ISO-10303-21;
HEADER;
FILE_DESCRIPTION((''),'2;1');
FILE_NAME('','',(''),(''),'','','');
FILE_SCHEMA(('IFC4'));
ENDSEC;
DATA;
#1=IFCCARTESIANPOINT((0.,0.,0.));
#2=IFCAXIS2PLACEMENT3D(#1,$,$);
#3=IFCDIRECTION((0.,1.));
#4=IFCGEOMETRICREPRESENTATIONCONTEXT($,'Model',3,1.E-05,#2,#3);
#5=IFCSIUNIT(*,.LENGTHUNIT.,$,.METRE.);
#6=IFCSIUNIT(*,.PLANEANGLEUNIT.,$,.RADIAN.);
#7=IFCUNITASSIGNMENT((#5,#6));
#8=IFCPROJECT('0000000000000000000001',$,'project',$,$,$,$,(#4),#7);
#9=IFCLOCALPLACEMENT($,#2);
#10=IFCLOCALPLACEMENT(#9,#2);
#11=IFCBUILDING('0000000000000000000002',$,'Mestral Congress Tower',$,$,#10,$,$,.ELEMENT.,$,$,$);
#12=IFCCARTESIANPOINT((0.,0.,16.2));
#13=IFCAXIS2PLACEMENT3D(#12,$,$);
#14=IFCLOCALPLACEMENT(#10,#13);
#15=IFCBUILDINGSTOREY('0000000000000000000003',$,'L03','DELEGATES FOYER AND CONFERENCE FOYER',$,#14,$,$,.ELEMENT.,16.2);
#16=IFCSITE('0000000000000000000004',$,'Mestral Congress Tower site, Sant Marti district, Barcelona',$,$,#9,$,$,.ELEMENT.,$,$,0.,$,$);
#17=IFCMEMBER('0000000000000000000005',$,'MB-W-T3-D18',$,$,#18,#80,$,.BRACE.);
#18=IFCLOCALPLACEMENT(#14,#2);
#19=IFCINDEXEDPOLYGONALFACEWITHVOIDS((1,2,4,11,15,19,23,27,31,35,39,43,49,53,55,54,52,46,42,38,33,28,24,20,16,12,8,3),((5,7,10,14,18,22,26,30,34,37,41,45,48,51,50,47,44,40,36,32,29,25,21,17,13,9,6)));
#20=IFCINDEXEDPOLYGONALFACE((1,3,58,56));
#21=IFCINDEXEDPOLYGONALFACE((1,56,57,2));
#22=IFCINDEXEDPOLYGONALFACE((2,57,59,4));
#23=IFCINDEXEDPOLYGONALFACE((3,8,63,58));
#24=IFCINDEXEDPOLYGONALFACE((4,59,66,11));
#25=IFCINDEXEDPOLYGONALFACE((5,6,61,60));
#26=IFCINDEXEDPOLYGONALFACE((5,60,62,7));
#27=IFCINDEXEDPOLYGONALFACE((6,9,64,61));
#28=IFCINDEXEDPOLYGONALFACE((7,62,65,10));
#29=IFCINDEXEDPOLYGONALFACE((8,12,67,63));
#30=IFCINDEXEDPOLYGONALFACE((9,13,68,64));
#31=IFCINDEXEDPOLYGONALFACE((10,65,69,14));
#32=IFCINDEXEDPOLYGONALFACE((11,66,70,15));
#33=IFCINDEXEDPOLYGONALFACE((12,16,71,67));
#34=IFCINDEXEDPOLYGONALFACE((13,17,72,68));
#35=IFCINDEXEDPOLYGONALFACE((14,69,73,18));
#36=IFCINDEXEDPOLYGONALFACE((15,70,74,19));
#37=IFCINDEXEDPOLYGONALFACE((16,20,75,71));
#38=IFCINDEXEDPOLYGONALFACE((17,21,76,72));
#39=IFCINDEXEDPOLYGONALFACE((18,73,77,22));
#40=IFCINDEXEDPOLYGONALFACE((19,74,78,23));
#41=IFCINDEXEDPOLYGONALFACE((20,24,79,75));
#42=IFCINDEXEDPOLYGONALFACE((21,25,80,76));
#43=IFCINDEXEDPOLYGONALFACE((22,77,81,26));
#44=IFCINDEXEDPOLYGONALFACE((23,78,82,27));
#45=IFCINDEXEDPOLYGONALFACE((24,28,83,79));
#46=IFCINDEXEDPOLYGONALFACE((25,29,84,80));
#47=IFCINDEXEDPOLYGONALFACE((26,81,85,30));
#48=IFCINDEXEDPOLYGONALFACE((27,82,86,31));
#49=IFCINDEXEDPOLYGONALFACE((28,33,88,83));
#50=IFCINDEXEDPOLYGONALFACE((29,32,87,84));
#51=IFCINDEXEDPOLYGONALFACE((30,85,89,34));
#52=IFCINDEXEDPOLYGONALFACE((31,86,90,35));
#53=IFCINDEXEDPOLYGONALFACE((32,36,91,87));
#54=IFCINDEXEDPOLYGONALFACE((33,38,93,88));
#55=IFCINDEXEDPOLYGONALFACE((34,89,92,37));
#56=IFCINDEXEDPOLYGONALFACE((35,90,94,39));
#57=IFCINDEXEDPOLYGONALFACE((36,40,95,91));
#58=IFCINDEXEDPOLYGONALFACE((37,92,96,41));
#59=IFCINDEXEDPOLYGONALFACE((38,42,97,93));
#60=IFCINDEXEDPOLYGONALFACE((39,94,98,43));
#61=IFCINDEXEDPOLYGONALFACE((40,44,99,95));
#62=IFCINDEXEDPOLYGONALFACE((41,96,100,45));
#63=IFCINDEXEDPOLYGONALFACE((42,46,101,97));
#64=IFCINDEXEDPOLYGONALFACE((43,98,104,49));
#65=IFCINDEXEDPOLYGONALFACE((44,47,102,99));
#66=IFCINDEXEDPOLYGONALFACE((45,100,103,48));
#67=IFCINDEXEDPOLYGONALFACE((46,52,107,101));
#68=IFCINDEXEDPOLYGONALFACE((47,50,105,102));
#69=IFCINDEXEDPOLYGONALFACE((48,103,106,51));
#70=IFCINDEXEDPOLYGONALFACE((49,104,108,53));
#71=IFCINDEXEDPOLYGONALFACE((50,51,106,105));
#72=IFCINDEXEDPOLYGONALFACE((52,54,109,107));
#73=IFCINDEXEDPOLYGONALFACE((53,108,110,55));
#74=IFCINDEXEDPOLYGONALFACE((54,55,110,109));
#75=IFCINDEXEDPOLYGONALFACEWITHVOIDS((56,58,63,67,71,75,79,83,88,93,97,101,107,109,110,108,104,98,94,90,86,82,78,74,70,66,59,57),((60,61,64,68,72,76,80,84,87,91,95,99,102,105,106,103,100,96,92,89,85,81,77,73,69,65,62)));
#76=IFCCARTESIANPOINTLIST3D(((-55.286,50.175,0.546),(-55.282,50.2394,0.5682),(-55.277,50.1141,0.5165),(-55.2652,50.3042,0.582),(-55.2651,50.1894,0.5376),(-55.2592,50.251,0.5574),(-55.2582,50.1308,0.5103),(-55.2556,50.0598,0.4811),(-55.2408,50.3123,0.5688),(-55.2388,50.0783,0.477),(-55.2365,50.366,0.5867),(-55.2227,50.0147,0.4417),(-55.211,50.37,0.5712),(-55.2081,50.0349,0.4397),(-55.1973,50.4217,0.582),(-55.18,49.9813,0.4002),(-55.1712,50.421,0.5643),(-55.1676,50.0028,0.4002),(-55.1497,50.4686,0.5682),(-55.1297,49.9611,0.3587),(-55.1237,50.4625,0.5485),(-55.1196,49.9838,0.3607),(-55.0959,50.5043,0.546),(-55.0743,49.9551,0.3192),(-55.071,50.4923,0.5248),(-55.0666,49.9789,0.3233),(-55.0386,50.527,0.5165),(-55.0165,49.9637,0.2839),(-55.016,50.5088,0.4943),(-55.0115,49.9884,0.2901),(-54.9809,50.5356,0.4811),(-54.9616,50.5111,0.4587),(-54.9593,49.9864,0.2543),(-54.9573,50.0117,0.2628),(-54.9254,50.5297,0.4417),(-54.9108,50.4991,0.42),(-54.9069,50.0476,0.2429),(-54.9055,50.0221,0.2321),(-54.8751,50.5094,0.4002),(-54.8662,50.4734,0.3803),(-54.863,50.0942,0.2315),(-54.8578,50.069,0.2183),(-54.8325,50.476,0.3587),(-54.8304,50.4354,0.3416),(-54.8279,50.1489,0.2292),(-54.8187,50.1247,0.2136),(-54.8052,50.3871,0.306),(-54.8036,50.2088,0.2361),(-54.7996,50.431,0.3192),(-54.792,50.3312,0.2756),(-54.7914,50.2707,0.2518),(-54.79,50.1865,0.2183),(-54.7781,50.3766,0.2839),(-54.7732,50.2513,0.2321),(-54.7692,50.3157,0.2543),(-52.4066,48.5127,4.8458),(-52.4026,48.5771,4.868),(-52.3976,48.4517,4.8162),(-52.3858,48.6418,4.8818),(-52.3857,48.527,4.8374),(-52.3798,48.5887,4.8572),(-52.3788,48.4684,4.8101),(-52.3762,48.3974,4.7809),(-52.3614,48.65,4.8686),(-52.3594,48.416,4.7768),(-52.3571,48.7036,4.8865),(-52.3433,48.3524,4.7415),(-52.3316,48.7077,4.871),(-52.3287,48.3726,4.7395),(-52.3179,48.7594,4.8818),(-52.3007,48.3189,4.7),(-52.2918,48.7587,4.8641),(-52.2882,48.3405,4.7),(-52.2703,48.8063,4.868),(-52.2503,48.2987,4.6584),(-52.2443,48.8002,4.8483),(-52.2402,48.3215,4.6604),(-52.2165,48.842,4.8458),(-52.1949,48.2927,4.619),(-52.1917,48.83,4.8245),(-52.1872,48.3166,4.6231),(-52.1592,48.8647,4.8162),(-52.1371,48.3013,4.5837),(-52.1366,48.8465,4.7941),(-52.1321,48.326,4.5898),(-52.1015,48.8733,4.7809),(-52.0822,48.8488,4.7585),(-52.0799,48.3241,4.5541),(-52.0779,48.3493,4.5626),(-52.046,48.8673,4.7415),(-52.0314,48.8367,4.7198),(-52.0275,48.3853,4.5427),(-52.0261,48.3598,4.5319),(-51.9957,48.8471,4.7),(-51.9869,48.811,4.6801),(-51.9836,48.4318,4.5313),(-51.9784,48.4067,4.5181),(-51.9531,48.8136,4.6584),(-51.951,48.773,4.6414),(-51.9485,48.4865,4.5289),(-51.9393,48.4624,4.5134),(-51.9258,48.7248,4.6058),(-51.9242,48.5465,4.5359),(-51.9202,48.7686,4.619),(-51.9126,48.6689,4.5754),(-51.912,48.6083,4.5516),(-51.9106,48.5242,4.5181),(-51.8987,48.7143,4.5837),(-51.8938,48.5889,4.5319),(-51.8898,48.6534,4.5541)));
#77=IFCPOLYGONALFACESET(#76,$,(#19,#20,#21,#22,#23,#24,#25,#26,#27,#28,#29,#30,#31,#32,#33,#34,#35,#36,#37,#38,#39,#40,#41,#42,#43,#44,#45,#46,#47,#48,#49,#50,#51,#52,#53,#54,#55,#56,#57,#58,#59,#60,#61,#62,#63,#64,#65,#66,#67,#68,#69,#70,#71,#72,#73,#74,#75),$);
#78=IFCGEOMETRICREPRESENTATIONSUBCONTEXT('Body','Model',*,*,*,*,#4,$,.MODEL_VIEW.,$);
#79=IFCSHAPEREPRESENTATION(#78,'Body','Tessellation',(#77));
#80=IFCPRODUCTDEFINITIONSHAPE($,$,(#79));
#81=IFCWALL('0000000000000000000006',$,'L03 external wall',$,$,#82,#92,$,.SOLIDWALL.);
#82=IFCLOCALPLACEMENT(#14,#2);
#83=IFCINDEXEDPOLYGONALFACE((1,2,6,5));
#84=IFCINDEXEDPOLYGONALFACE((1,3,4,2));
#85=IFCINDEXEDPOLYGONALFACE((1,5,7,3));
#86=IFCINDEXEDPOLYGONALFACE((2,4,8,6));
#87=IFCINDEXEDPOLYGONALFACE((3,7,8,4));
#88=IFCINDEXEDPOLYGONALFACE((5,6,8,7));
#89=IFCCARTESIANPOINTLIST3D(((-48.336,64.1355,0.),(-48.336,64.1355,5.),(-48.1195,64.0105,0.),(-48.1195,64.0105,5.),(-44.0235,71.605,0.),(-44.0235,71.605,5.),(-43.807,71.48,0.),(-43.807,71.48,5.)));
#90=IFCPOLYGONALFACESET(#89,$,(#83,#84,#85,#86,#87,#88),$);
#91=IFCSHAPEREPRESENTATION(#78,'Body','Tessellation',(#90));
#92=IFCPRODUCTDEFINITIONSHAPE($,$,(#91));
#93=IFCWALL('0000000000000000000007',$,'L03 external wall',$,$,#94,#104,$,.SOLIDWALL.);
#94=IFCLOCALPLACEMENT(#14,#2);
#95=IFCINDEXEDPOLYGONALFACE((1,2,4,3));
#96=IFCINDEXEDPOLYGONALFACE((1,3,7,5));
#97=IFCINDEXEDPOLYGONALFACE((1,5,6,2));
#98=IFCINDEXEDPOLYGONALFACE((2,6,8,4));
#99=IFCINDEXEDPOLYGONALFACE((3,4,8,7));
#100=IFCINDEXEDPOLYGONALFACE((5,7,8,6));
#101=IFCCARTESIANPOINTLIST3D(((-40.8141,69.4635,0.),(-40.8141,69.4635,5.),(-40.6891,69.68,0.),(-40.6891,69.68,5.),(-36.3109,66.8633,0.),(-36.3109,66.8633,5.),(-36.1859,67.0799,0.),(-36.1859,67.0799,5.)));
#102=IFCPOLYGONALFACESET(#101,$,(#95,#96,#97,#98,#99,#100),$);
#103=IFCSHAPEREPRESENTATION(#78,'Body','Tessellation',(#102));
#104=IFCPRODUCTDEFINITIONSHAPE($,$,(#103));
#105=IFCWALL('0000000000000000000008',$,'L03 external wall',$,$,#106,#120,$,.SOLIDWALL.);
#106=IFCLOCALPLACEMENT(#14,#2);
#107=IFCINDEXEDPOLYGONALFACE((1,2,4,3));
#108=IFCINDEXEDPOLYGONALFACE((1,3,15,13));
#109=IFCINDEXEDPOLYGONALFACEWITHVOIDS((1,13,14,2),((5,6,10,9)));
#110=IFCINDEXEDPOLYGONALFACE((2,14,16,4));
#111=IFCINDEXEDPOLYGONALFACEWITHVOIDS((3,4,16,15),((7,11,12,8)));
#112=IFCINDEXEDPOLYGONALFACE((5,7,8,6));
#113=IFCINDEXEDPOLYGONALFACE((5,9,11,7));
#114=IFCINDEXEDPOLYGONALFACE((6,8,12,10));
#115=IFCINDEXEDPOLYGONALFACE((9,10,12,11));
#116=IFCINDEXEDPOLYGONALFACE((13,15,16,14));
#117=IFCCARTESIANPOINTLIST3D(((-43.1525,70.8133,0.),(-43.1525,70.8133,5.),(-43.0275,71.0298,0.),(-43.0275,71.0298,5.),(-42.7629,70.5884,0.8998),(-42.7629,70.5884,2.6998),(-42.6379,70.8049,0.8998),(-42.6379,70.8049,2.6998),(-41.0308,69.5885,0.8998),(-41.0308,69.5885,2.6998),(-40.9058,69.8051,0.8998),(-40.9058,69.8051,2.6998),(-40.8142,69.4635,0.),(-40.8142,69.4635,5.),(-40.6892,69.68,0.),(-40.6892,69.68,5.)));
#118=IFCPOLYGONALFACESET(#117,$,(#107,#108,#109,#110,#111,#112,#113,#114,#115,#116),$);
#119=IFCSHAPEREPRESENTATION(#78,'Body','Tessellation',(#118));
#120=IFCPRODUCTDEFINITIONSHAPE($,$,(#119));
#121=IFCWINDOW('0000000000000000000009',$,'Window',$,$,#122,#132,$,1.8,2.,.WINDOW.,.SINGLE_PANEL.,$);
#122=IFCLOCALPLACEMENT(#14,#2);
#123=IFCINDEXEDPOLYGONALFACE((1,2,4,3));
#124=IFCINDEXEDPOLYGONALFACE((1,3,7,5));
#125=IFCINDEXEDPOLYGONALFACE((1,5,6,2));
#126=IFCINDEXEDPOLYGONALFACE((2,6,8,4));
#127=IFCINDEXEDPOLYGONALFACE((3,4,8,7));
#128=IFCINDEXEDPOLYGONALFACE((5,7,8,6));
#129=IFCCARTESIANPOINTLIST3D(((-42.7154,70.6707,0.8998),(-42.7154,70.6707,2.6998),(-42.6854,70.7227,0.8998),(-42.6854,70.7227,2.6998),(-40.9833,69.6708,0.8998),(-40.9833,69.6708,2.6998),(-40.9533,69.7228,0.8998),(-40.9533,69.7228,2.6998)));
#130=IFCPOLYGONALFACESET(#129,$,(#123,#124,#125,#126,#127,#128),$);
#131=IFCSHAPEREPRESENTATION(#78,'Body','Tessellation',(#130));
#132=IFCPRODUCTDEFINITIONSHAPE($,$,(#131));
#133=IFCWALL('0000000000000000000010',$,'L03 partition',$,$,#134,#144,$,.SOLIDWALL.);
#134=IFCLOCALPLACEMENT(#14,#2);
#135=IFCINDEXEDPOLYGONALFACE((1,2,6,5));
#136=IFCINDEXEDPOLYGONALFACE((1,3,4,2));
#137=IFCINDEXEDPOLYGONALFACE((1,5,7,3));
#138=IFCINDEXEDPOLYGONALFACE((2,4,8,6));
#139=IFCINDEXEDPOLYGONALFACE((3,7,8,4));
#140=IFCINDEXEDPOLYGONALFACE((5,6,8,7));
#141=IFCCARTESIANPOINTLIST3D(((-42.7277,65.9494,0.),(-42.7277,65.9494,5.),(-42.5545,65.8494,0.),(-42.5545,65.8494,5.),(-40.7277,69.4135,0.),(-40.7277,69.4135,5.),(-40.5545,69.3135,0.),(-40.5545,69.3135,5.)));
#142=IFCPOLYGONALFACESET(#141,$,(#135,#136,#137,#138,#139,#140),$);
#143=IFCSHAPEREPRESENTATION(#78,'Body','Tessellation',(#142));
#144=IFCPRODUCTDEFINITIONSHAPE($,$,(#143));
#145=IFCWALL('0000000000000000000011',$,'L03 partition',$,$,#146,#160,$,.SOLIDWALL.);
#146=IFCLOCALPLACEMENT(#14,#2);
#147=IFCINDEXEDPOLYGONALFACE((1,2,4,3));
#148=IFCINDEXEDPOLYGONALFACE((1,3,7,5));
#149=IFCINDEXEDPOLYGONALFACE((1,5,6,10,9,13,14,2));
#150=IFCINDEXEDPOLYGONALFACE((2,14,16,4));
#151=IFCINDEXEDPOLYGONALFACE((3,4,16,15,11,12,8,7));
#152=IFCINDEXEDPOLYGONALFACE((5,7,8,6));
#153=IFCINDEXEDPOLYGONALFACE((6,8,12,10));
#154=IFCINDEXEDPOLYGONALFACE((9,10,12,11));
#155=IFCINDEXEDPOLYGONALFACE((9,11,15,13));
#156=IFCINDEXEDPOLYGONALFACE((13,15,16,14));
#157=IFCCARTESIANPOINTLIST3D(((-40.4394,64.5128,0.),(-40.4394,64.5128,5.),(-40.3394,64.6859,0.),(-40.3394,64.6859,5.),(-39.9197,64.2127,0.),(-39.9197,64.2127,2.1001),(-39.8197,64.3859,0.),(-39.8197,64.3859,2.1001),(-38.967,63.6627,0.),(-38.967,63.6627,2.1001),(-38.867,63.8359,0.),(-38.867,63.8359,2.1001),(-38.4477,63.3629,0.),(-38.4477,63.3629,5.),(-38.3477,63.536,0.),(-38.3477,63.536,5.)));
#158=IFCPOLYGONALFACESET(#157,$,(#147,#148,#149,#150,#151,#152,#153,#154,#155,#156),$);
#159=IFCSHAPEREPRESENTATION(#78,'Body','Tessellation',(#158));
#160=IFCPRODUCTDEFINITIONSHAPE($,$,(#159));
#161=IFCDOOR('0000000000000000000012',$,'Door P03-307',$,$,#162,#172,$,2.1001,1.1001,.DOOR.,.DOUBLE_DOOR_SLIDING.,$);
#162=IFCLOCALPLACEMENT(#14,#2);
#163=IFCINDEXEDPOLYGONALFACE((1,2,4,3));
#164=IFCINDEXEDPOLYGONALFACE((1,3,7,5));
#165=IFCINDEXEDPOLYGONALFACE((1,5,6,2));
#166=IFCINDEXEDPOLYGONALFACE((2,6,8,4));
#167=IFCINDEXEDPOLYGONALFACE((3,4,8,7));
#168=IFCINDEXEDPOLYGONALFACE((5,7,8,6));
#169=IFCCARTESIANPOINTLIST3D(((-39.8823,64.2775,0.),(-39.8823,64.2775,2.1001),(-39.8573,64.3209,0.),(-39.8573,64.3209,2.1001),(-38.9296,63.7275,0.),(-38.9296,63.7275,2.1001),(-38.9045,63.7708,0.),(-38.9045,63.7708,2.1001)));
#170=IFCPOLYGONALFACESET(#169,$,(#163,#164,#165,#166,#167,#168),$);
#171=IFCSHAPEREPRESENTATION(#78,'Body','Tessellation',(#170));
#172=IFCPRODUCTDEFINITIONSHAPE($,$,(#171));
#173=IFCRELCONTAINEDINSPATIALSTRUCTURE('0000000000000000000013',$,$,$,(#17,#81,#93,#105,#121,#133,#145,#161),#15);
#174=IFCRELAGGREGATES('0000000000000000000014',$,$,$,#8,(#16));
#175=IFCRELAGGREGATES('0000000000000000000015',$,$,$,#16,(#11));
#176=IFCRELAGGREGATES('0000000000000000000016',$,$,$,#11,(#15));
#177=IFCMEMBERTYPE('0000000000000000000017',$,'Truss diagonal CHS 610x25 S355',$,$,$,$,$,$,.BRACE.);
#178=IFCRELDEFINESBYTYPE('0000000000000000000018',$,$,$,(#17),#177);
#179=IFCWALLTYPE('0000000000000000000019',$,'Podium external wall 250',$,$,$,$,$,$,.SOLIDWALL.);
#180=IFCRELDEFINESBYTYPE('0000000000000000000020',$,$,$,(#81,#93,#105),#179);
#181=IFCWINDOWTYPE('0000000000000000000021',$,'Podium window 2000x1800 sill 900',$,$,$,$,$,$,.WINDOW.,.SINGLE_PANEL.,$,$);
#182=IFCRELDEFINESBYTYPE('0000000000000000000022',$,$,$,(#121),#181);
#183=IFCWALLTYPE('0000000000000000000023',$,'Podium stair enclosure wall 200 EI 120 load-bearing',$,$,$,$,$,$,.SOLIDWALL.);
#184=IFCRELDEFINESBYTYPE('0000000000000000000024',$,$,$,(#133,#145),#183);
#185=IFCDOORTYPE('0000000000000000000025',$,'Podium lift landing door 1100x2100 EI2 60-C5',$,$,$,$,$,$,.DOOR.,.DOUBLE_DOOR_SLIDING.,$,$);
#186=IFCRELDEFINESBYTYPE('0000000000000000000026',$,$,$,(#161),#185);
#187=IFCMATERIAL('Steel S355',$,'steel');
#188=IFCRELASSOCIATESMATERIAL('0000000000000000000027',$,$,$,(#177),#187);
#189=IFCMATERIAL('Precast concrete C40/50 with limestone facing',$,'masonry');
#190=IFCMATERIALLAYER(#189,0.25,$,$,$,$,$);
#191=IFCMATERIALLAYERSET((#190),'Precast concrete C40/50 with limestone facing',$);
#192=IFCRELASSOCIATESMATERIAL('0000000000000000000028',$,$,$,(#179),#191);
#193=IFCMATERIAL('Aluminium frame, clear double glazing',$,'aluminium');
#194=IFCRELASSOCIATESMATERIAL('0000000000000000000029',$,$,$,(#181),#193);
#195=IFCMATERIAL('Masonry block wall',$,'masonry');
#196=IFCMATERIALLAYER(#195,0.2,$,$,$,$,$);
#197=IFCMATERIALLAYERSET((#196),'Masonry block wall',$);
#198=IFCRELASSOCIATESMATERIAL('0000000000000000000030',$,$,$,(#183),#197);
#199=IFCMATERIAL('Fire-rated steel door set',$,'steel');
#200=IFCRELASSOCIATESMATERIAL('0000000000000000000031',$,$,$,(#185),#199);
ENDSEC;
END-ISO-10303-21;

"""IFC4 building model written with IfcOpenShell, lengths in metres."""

from ifc_helpers import new_model, si_unit, direction, frame, frame_2d, origin, origin_2d, place, context, subcontext, project, spatial, rectangle, hollow_circle, extrude, material, layer, layer_set, material_profile, profile_set, type_object, element, fill, save


model = new_model("IFC4")

# Units and contexts
model_context = context("Model", 3, precision=1e-05, world=origin(), true_north=direction((0.0, 1.0)))
body_context = subcontext(model_context, "Body", "Model", "MODEL_VIEW")
ifc_project = project(units=[si_unit("LENGTHUNIT", "METRE"), si_unit("PLANEANGLEUNIT", "RADIAN")], contexts=[model_context])

# Site, building, storey
site_placement = place(None, origin())
site = spatial("IfcSite", under=ifc_project, at=site_placement, Name="Mestral Congress Tower site, Sant Marti district, Barcelona", CompositionType="ELEMENT", RefElevation=0.0)
building_placement = place(site_placement, origin())
building = spatial("IfcBuilding", under=site, at=building_placement, Name="Mestral Congress Tower", CompositionType="ELEMENT")
storey_placement = place(building_placement, frame((0.0, 0.0, 16.2)))
storey = spatial("IfcBuildingStorey", under=building, at=storey_placement, Name="L03", Description="DELEGATES FOYER AND CONFERENCE FOYER", CompositionType="ELEMENT", Elevation=16.2)

# Shared definitions
ifc_material_1 = material(Name="Steel S355", Category="steel")

# Member
ifc_material_profile_1 = material_profile(ifc_material_1, hollow_circle(Radius=0.3049, WallThickness=0.0249, at=origin_2d()), Name="CHS 610x25")
ifc_profile_set_1 = profile_set([ifc_material_profile_1], Name="Steel S355")
member_type_1 = type_object("IfcMemberType", Name="Truss diagonal CHS 610x25 S355", PredefinedType="BRACE", material=ifc_profile_set_1)
for number, where, z_axis, x_axis, name in (
    (1, (-52.1482, 48.583, 4.7), (-0.529757, 0.305843, -0.791087), (-0.499985, -0.866034, 0.0), "MB-W-T3-D18"),
):
    element("IfcMember", number, at=place(storey_placement, frame(where, z_axis=z_axis, x_axis=x_axis)), inside=storey, type_object=member_type_1, Name=name, PredefinedType="BRACE", context=body_context, shape_type="SweptSolid", body=[
        extrude(hollow_circle(Radius=0.3049, WallThickness=0.0249, at=origin_2d()), origin(), (0.0, 0.0, 1.0), 5.4353),
    ])

# Walls
ifc_material_2 = material(Name="Precast concrete C40/50 with limestone facing", Category="masonry")
ifc_layer_1 = layer(ifc_material_2, 0.25)
ifc_layer_set_1 = layer_set([ifc_layer_1], Name="Precast concrete C40/50 with limestone facing")
wall_type_1 = type_object("IfcWallType", Name="Podium external wall 250", PredefinedType="SOLIDWALL", material=ifc_layer_set_1)
wall_1_placement = place(storey_placement, frame((-48.2278, 64.073, 0.0), z_axis=(0.0, 0.0, 1.0), x_axis=(0.499999, 0.866026, 0.0)))
element("IfcWall", 2, at=wall_1_placement, inside=storey, type_object=wall_type_1, Name="L03 external wall", PredefinedType="SOLIDWALL", context=body_context, shape_type="SweptSolid", body=[
    extrude(rectangle(XDim=8.625, YDim=0.25, at=frame_2d((4.3125, 0.0))), origin(), (0.0, 0.0, 1.0), 5.0),
])
wall_2_placement = place(storey_placement, frame((-40.7517, 69.5718, 0.0), z_axis=(0.0, 0.0, 1.0), x_axis=(0.86601, -0.500027, 0.0)))
element("IfcWall", 3, at=wall_2_placement, inside=storey, type_object=wall_type_1, Name="L03 external wall", PredefinedType="SOLIDWALL", context=body_context, shape_type="SweptSolid", body=[
    extrude(rectangle(XDim=5.2, YDim=0.25, at=frame_2d((2.6001, 0.0))), origin(), (0.0, 0.0, 1.0), 5.0),
])

# Wall, opening, window
wall_3_placement = place(storey_placement, frame((-43.0901, 70.9216, 0.0), z_axis=(0.0, 0.0, 1.0), x_axis=(0.866059, -0.499942, 0.0)))
wall_3 = element("IfcWall", 4, at=wall_3_placement, inside=storey, type_object=wall_type_1, Name="L03 external wall", PredefinedType="SOLIDWALL", context=body_context, shape_type="SweptSolid", body=[
    extrude(rectangle(XDim=2.7, YDim=0.25, at=frame_2d((1.3501, 0.0))), origin(), (0.0, 0.0, 1.0), 5.0),
])
opening_1_placement = place(wall_3_placement, frame((0.45, 0.0, 0.8999)))
opening_1 = element("IfcOpeningElement", 5, at=opening_1_placement, cuts=wall_3, PredefinedType="OPENING", context=body_context, shape_type="SweptSolid", body=[
    extrude(rectangle(XDim=2.0, YDim=1.8, at=frame_2d((1.0, 0.8999))), frame((0.0, 0.135, 0.0), z_axis=(0.0, -1.0, 0.0), x_axis=(1.0, 0.0, 0.0)), (0.0, 0.0, 1.0), 0.27),
])
ifc_material_3 = material(Name="Aluminium frame, clear double glazing", Category="aluminium")
window_type = type_object("IfcWindowType", Name="Podium window 2000x1800 sill 900", PartitioningType="SINGLE_PANEL", PredefinedType="WINDOW", material=ifc_material_3)
window_placement = place(opening_1_placement, origin())
window = element("IfcWindow", 6, at=window_placement, inside=storey, type_object=window_type, Name="Window", OverallHeight=1.8, OverallWidth=2.0, PartitioningType="SINGLE_PANEL", PredefinedType="WINDOW", context=body_context, shape_type="SweptSolid", body=[
    extrude(rectangle(XDim=2.0, YDim=1.8, at=frame_2d((1.0, 0.8999))), frame((0.0, 0.03, 0.0), z_axis=(0.0, -1.0, 0.0), x_axis=(1.0, 0.0, 0.0)), (0.0, 0.0, 1.0), 0.0601),
])
fill(opening_1, window)

# Wall
ifc_material_4 = material(Name="Masonry block wall", Category="masonry")
ifc_layer_2 = layer(ifc_material_4, 0.2)
ifc_layer_set_2 = layer_set([ifc_layer_2], Name="Masonry block wall")
wall_type_2 = type_object("IfcWallType", Name="Podium stair enclosure wall 200 EI 120 load-bearing", PredefinedType="SOLIDWALL", material=ifc_layer_set_2)
wall_4_placement = place(storey_placement, frame((-40.6411, 69.3635, 0.0), z_axis=(0.0, 0.0, 1.0), x_axis=(-0.499999, -0.866026, 0.0)))
element("IfcWall", 7, at=wall_4_placement, inside=storey, type_object=wall_type_2, Name="L03 partition", PredefinedType="SOLIDWALL", context=body_context, shape_type="SweptSolid", body=[
    extrude(rectangle(XDim=4.0, YDim=0.2, at=frame_2d((2.0, 0.0))), origin(), (0.0, 0.0, 1.0), 5.0),
])

# Wall, opening, door
wall_5_placement = place(storey_placement, frame((-40.3894, 64.5994, 0.0), z_axis=(0.0, 0.0, 1.0), x_axis=(0.866026, -0.499998, 0.0)))
wall_5 = element("IfcWall", 8, at=wall_5_placement, inside=storey, type_object=wall_type_2, Name="L03 partition", PredefinedType="SOLIDWALL", context=body_context, shape_type="SweptSolid", body=[
    extrude(rectangle(XDim=2.2998, YDim=0.2, at=frame_2d((1.1499, 0.0))), origin(), (0.0, 0.0, 1.0), 5.0),
])
opening_2_placement = place(wall_5_placement, frame((0.6001, 0.0, 0.0)))
opening_2 = element("IfcOpeningElement", 9, at=opening_2_placement, cuts=wall_5, PredefinedType="OPENING", context=body_context, shape_type="SweptSolid", body=[
    extrude(rectangle(XDim=1.1001, YDim=2.1001, at=frame_2d((0.55, 1.05))), frame((0.0, 0.1099, 0.0), z_axis=(0.0, -1.0, 0.0), x_axis=(1.0, 0.0, 0.0)), (0.0, 0.0, 1.0), 0.22),
])
ifc_material_5 = material(Name="Fire-rated steel door set", Category="steel")
door_type_1 = type_object("IfcDoorType", Name="Podium lift landing door 1100x2100 EI2 60-C5", OperationType="DOUBLE_DOOR_SLIDING", PredefinedType="DOOR", material=ifc_material_5)
door_1_placement = place(opening_2_placement, origin())
door_1 = element("IfcDoor", 10, at=door_1_placement, inside=storey, type_object=door_type_1, Name="Door P03-307", OperationType="DOUBLE_DOOR_SLIDING", OverallHeight=2.1001, OverallWidth=1.1001, PredefinedType="DOOR", context=body_context, shape_type="SweptSolid", body=[
    extrude(rectangle(XDim=1.1001, YDim=2.1001, at=frame_2d((0.55, 1.05))), frame((0.0, 0.0249, 0.0), z_axis=(0.0, -1.0, 0.0), x_axis=(1.0, 0.0, 0.0)), (0.0, 0.0, 1.0), 0.05),
])
fill(opening_2, door_1)

save(model, "model.ifc")
